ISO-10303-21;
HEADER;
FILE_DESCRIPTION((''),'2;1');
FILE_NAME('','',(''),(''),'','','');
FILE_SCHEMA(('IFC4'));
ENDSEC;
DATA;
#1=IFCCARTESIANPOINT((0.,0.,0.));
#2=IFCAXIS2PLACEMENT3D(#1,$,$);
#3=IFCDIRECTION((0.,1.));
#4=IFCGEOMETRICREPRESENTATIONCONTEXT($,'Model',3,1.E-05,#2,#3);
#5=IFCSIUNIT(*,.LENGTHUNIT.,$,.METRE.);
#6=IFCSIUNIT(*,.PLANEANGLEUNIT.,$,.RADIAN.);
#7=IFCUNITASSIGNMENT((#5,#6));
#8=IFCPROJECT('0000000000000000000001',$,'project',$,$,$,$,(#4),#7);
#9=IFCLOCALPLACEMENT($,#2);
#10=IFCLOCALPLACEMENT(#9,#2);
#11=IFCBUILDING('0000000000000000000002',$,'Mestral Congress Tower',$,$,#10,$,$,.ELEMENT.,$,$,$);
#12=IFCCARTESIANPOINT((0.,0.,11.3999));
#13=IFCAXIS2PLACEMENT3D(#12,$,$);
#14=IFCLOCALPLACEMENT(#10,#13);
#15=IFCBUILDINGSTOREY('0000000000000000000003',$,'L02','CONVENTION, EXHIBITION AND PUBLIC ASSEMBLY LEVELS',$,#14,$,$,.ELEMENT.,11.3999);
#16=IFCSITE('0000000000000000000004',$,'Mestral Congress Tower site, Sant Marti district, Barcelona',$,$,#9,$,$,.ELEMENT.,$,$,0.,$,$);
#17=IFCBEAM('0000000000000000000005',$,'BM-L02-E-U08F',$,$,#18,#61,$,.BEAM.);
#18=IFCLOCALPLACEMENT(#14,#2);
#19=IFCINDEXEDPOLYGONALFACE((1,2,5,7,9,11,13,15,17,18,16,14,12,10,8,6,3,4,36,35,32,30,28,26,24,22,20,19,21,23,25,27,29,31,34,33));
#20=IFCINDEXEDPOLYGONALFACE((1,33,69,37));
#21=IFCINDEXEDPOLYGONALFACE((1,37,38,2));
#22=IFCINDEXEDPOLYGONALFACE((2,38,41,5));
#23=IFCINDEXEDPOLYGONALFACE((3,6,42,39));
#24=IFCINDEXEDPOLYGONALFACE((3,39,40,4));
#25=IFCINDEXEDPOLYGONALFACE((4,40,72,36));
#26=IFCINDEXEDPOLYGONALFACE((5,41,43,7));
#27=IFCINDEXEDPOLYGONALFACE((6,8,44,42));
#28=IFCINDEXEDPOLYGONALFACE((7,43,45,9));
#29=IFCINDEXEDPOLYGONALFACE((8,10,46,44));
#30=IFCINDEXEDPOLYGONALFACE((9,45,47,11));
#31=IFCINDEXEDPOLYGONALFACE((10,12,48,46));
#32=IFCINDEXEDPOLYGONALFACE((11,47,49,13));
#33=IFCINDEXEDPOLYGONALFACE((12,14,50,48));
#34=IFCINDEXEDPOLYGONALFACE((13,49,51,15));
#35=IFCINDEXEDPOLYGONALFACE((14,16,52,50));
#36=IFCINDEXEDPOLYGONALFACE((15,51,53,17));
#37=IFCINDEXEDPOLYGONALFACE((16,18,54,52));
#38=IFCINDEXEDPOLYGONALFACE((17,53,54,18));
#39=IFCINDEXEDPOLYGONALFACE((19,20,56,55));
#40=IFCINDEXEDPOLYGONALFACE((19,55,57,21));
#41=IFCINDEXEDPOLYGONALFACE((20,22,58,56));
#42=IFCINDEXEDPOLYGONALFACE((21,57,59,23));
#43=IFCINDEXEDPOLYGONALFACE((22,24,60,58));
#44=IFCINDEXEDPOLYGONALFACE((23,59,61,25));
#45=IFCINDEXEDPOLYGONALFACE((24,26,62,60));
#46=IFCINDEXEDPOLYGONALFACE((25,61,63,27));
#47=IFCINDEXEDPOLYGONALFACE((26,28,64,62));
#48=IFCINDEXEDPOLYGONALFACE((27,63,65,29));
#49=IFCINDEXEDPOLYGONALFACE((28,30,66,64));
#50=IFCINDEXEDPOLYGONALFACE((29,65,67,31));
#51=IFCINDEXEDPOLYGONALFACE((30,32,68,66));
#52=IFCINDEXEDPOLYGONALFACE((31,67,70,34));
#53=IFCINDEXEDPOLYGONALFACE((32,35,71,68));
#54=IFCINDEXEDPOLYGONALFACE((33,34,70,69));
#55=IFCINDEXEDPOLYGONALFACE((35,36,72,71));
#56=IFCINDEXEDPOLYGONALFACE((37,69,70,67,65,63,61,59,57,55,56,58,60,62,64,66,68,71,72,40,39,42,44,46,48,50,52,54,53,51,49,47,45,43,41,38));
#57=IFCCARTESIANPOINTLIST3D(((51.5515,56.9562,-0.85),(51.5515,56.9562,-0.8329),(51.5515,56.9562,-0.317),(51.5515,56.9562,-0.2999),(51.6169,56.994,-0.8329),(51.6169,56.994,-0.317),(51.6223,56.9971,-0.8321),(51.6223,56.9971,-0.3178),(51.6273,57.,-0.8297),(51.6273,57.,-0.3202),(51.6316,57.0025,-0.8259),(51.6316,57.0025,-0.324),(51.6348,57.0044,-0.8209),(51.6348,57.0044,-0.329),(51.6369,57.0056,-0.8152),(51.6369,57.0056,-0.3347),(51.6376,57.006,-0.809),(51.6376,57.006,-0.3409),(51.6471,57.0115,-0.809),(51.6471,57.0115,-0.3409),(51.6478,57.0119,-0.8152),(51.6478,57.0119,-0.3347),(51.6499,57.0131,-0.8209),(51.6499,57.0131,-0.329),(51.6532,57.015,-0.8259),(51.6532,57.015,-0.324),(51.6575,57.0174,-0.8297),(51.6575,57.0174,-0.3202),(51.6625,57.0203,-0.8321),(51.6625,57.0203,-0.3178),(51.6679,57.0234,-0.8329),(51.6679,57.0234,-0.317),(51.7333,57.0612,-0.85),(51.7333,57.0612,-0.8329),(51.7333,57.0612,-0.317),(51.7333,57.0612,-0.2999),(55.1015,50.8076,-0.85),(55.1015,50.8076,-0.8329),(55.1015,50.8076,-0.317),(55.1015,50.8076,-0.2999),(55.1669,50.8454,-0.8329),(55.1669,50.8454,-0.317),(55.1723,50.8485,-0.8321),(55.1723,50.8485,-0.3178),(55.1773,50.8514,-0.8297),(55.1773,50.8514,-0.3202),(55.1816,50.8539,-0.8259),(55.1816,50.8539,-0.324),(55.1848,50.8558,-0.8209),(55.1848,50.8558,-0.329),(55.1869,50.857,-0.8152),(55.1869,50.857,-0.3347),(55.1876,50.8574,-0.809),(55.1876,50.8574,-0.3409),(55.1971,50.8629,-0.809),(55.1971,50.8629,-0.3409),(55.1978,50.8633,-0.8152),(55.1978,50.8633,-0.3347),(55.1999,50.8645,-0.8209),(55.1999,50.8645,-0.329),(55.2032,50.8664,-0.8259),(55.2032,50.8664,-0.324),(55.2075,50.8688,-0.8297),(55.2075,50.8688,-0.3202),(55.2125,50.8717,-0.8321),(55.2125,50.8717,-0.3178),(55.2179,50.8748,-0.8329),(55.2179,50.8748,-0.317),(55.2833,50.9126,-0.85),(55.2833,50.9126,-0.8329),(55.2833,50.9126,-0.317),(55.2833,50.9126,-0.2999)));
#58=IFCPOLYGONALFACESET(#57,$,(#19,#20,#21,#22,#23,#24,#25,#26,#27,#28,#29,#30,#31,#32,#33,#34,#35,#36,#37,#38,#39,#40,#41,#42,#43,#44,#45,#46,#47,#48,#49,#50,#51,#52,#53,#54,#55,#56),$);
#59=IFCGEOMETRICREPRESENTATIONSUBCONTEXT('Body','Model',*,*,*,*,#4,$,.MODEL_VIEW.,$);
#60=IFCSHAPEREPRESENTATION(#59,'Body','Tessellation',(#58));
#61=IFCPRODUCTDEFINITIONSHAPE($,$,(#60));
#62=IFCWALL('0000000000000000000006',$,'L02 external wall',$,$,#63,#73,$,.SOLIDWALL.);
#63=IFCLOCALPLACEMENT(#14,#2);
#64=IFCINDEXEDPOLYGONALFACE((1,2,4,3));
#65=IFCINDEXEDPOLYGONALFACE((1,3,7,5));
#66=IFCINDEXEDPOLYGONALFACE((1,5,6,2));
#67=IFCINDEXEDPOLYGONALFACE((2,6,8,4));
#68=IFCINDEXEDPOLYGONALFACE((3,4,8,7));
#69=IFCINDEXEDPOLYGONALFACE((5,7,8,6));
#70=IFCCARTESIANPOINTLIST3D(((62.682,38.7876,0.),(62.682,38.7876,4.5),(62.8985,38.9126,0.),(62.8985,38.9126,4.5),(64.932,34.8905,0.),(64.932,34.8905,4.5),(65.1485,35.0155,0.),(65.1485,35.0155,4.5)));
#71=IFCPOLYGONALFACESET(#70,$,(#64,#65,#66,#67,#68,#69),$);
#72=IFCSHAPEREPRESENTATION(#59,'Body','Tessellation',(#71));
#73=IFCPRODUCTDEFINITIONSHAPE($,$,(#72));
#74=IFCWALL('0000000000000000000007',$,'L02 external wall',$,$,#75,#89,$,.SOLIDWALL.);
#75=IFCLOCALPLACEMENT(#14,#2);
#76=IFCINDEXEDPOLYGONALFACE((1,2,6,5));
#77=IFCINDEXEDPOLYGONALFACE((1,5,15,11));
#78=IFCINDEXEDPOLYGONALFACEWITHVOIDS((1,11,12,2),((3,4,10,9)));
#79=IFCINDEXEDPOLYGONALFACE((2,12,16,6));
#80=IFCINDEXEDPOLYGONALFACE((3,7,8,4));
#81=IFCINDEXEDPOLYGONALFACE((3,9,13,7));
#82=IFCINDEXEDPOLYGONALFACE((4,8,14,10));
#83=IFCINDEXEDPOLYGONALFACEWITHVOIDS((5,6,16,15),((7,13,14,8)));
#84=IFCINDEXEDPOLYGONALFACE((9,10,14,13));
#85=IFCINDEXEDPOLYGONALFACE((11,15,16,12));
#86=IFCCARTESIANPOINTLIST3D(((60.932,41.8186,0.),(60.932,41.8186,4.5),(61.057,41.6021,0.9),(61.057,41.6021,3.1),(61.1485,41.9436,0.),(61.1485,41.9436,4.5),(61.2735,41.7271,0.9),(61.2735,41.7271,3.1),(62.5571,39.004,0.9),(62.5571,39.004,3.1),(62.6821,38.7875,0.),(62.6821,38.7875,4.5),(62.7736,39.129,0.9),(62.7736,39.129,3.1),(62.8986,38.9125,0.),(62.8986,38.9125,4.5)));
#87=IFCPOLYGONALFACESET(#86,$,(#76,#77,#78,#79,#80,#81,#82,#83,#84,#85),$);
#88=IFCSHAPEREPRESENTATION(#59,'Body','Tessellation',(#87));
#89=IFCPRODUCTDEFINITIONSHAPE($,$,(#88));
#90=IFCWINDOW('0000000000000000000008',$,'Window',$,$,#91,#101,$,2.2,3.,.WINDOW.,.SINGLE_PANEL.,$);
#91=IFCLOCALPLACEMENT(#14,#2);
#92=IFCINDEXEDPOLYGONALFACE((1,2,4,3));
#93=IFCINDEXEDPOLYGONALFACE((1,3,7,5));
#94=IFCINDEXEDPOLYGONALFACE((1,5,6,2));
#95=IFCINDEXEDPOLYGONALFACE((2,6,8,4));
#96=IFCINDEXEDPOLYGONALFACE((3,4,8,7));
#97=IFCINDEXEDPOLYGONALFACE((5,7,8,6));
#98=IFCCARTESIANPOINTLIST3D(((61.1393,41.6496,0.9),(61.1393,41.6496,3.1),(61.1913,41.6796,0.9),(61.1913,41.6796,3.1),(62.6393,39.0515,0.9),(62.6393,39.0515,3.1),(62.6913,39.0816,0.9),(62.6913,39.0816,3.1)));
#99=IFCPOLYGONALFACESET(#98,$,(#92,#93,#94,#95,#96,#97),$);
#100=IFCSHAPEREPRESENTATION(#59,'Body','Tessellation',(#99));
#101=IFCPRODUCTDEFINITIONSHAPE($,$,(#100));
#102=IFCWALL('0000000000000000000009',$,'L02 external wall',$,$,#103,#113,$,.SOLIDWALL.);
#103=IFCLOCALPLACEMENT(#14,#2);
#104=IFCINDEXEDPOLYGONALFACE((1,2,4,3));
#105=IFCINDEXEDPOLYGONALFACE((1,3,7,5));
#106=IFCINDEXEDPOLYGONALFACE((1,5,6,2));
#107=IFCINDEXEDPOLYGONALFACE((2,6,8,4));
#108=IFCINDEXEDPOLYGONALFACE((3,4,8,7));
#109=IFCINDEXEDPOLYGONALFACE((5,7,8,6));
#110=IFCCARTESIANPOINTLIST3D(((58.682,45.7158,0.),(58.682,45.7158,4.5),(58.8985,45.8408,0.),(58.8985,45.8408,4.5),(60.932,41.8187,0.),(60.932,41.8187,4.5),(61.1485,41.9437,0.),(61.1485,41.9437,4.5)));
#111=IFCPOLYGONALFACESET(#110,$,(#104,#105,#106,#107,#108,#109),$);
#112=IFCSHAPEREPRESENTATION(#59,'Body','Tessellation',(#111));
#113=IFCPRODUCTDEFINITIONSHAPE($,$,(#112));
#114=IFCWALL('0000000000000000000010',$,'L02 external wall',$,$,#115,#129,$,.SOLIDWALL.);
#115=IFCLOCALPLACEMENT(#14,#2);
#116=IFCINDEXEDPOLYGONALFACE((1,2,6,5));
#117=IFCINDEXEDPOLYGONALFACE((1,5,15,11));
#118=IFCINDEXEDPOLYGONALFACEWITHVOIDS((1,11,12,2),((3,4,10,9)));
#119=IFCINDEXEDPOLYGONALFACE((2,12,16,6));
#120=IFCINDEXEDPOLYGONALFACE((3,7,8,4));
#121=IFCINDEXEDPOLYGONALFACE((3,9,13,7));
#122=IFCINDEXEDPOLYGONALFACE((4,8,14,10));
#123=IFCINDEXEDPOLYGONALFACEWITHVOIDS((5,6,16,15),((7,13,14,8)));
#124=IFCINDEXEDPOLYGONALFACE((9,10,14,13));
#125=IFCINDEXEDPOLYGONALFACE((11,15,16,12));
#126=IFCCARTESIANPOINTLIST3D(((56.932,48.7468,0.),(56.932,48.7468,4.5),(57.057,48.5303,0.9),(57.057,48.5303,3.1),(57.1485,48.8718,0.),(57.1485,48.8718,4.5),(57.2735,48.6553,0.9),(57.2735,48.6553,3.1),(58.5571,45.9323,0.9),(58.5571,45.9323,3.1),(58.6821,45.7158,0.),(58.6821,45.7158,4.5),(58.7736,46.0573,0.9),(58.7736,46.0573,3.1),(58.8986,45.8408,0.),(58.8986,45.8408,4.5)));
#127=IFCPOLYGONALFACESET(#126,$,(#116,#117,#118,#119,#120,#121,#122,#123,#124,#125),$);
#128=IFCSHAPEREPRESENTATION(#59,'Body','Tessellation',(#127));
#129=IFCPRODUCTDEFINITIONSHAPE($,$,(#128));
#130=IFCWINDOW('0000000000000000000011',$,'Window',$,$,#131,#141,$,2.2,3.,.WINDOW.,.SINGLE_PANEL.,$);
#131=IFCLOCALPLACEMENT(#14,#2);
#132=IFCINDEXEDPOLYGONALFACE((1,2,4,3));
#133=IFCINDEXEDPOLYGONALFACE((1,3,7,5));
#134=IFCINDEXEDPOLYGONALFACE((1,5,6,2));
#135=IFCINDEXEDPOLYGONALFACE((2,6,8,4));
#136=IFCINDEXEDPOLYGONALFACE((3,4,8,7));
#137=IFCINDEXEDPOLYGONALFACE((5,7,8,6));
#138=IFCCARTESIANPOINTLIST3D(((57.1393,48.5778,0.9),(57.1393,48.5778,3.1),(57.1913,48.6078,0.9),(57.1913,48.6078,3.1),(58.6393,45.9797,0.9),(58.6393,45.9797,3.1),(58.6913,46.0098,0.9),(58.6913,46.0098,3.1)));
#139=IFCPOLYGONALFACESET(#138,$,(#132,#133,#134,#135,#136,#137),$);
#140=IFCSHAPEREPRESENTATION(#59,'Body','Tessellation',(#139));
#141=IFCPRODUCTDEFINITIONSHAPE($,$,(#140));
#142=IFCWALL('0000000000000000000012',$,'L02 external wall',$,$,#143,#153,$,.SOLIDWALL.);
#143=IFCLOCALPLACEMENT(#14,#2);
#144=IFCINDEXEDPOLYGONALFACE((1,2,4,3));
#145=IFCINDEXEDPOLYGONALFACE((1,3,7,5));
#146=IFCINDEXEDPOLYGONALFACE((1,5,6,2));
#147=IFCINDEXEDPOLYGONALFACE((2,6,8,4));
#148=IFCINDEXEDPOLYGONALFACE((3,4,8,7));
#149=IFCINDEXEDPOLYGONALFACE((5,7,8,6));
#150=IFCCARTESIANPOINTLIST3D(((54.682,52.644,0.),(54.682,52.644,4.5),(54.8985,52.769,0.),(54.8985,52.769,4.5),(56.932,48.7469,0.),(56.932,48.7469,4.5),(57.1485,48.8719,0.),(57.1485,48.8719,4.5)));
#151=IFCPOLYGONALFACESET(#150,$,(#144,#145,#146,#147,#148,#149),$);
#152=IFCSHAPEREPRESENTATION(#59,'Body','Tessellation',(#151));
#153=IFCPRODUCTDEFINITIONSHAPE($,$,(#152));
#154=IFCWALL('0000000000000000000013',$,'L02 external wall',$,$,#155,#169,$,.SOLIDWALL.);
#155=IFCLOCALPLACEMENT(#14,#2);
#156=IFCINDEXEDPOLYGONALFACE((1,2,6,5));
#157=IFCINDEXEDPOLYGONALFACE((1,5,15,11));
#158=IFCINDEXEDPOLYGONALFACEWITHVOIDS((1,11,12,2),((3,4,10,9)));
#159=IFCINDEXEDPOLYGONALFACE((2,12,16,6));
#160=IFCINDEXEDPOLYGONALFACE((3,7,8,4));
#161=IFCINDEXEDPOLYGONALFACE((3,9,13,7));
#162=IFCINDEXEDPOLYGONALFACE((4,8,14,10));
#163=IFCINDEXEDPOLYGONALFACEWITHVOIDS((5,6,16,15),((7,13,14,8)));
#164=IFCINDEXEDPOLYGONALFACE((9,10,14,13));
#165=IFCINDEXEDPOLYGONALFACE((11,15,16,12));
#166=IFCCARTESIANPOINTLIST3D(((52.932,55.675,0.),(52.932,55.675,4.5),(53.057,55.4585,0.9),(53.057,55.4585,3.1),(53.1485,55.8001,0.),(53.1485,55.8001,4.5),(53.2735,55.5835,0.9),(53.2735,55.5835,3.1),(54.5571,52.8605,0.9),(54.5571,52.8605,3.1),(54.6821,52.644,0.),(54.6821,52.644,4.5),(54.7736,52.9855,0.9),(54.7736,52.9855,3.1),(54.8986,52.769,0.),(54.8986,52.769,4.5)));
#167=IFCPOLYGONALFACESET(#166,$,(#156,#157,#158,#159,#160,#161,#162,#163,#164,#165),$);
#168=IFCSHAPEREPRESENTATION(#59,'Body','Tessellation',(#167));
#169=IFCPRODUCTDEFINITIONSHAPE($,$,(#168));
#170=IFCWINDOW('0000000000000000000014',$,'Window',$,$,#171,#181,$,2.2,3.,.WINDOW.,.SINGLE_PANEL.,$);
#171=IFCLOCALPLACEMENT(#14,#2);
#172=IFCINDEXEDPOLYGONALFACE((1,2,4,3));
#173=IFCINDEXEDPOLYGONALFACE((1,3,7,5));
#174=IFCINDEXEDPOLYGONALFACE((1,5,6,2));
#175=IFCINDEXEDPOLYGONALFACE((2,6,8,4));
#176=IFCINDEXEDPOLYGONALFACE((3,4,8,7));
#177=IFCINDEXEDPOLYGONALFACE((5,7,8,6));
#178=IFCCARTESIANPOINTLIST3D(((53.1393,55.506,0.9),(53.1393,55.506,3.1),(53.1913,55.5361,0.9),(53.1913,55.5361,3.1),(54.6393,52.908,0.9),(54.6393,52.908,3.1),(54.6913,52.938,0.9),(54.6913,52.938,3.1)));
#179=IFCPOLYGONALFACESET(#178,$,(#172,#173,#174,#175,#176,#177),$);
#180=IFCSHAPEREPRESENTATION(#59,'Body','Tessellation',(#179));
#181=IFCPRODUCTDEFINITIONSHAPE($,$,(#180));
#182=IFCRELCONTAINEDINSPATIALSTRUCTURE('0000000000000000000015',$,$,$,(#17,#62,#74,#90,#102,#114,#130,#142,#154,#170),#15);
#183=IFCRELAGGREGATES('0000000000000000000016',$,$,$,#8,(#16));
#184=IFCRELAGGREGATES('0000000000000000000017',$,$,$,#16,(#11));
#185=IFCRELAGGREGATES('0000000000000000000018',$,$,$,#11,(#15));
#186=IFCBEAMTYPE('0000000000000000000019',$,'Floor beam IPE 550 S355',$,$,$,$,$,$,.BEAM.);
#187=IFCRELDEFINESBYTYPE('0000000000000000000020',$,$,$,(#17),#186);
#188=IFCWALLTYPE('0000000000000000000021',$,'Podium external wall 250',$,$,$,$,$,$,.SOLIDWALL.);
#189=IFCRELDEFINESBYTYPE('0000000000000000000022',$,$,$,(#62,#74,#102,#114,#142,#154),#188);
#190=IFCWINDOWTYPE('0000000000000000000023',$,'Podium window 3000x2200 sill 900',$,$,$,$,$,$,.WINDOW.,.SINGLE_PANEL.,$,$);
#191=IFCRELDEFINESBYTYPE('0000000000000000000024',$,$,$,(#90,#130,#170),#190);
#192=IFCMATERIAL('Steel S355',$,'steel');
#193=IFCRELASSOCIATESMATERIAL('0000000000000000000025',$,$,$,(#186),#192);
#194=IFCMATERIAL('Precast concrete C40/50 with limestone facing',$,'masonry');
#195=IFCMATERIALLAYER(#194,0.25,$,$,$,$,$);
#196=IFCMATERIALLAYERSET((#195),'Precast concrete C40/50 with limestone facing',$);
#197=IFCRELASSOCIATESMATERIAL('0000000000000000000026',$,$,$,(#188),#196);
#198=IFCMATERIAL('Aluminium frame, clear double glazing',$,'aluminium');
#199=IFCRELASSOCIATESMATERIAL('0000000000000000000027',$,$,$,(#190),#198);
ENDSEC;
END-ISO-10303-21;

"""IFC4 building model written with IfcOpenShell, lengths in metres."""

from ifc_helpers import new_model, si_unit, direction, frame, frame_2d, origin, origin_2d, place, context, subcontext, project, spatial, rectangle, i_section, extrude, material, layer, layer_set, material_profile, profile_set, type_object, element, fill, save


model = new_model("IFC4")

# Units and contexts
model_context = context("Model", 3, precision=1e-05, world=origin(), true_north=direction((0.0, 1.0)))
body_context = subcontext(model_context, "Body", "Model", "MODEL_VIEW")
ifc_project = project(units=[si_unit("LENGTHUNIT", "METRE"), si_unit("PLANEANGLEUNIT", "RADIAN")], contexts=[model_context])

# Site, building, storey
site_placement = place(None, origin())
site = spatial("IfcSite", under=ifc_project, at=site_placement, Name="Mestral Congress Tower site, Sant Marti district, Barcelona", CompositionType="ELEMENT", RefElevation=0.0)
building_placement = place(site_placement, origin())
building = spatial("IfcBuilding", under=site, at=building_placement, Name="Mestral Congress Tower", CompositionType="ELEMENT")
storey_placement = place(building_placement, frame((0.0, 0.0, 11.3999)))
storey = spatial("IfcBuildingStorey", under=building, at=storey_placement, Name="L02", Description="CONVENTION, EXHIBITION AND PUBLIC ASSEMBLY LEVELS", CompositionType="ELEMENT", Elevation=11.3999)

# Beam
ifc_material_1 = material(Name="Steel S355", Category="steel")
ifc_material_profile_1 = material_profile(ifc_material_1, i_section(OverallWidth=0.21, OverallDepth=0.55, WebThickness=0.011, FlangeThickness=0.0171, FilletRadius=0.0239, at=origin_2d()), Name="IPE 550")
ifc_profile_set_1 = profile_set([ifc_material_profile_1], Name="Steel S355")
beam_type_1 = type_object("IfcBeamType", Name="Floor beam IPE 550 S355", PredefinedType="BEAM", material=ifc_profile_set_1)
beam_1_placement = place(storey_placement, frame((55.1924, 50.8601, -0.575), z_axis=(-0.500011, 0.866019, 0.0), x_axis=(-0.866019, -0.500011, 0.0)))
element("IfcBeam", 1, at=beam_1_placement, inside=storey, type_object=beam_type_1, Name="BM-L02-E-U08F", PredefinedType="BEAM", context=body_context, shape_type="SweptSolid", body=[
    extrude(i_section(OverallWidth=0.21, OverallDepth=0.55, WebThickness=0.011, FlangeThickness=0.0171, FilletRadius=0.0239, at=origin_2d()), origin(), (0.0, 0.0, 1.0), 7.0999),
])

# Wall
ifc_material_2 = material(Name="Precast concrete C40/50 with limestone facing", Category="masonry")
ifc_layer_1 = layer(ifc_material_2, 0.25)
ifc_layer_set_1 = layer_set([ifc_layer_1], Name="Precast concrete C40/50 with limestone facing")
wall_type_1 = type_object("IfcWallType", Name="Podium external wall 250", PredefinedType="SOLIDWALL", material=ifc_layer_set_1)
wall_1_placement = place(storey_placement, frame((62.7903, 38.8501, 0.0), z_axis=(0.0, 0.0, 1.0), x_axis=(0.49999, -0.866031, 0.0)))
element("IfcWall", 2, at=wall_1_placement, inside=storey, type_object=wall_type_1, Name="L02 external wall", PredefinedType="SOLIDWALL", context=body_context, shape_type="SweptSolid", body=[
    extrude(rectangle(XDim=4.5, YDim=0.25, at=frame_2d((2.25, 0.0))), origin(), (0.0, 0.0, 1.0), 4.5),
])

# Wall, opening, window
wall_2_placement = place(storey_placement, frame((61.0403, 41.8811, 0.0), z_axis=(0.0, 0.0, 1.0), x_axis=(0.50001, -0.866019, 0.0)))
wall_2 = element("IfcWall", 3, at=wall_2_placement, inside=storey, type_object=wall_type_1, Name="L02 external wall", PredefinedType="SOLIDWALL", context=body_context, shape_type="SweptSolid", body=[
    extrude(rectangle(XDim=3.5, YDim=0.25, at=frame_2d((1.75, 0.0))), origin(), (0.0, 0.0, 1.0), 4.5),
])
opening_1_placement = place(wall_2_placement, frame((0.25, 0.0, 0.8999)))
opening_1 = element("IfcOpeningElement", 4, at=opening_1_placement, cuts=wall_2, PredefinedType="OPENING", context=body_context, shape_type="SweptSolid", body=[
    extrude(rectangle(XDim=3.0, YDim=2.2, at=frame_2d((1.5, 1.1001))), frame((0.0, 0.135, 0.0), z_axis=(0.0, -1.0, 0.0), x_axis=(1.0, 0.0, 0.0)), (0.0, 0.0, 1.0), 0.27),
])
ifc_material_3 = material(Name="Aluminium frame, clear double glazing", Category="aluminium")
window_type = type_object("IfcWindowType", Name="Podium window 3000x2200 sill 900", PartitioningType="SINGLE_PANEL", PredefinedType="WINDOW", material=ifc_material_3)
window_1_placement = place(opening_1_placement, origin())
window_1 = element("IfcWindow", 5, at=window_1_placement, inside=storey, type_object=window_type, Name="Window", OverallHeight=2.2, OverallWidth=3.0, PartitioningType="SINGLE_PANEL", PredefinedType="WINDOW", context=body_context, shape_type="SweptSolid", body=[
    extrude(rectangle(XDim=3.0, YDim=2.2, at=frame_2d((1.5, 1.1001))), frame((0.0, 0.03, 0.0), z_axis=(0.0, -1.0, 0.0), x_axis=(1.0, 0.0, 0.0)), (0.0, 0.0, 1.0), 0.0601),
])
fill(opening_1, window_1)

# Wall
wall_3_placement = place(storey_placement, frame((58.7903, 45.7783, 0.0), z_axis=(0.0, 0.0, 1.0), x_axis=(0.49999, -0.866031, 0.0)))
element("IfcWall", 6, at=wall_3_placement, inside=storey, type_object=wall_type_1, Name="L02 external wall", PredefinedType="SOLIDWALL", context=body_context, shape_type="SweptSolid", body=[
    extrude(rectangle(XDim=4.5, YDim=0.25, at=frame_2d((2.25, 0.0))), origin(), (0.0, 0.0, 1.0), 4.5),
])

# Wall, opening, window
wall_4_placement = place(storey_placement, frame((57.0403, 48.8093, 0.0), z_axis=(0.0, 0.0, 1.0), x_axis=(0.50001, -0.866019, 0.0)))
wall_4 = element("IfcWall", 7, at=wall_4_placement, inside=storey, type_object=wall_type_1, Name="L02 external wall", PredefinedType="SOLIDWALL", context=body_context, shape_type="SweptSolid", body=[
    extrude(rectangle(XDim=3.5, YDim=0.25, at=frame_2d((1.75, 0.0))), origin(), (0.0, 0.0, 1.0), 4.5),
])
opening_2_placement = place(wall_4_placement, frame((0.25, 0.0, 0.8999)))
opening_2 = element("IfcOpeningElement", 8, at=opening_2_placement, cuts=wall_4, PredefinedType="OPENING", context=body_context, shape_type="SweptSolid", body=[
    extrude(rectangle(XDim=3.0, YDim=2.2, at=frame_2d((1.5, 1.1001))), frame((0.0, 0.135, 0.0), z_axis=(0.0, -1.0, 0.0), x_axis=(1.0, 0.0, 0.0)), (0.0, 0.0, 1.0), 0.27),
])
window_2_placement = place(opening_2_placement, origin())
window_2 = element("IfcWindow", 9, at=window_2_placement, inside=storey, type_object=window_type, Name="Window", OverallHeight=2.2, OverallWidth=3.0, PartitioningType="SINGLE_PANEL", PredefinedType="WINDOW", context=body_context, shape_type="SweptSolid", body=[
    extrude(rectangle(XDim=3.0, YDim=2.2, at=frame_2d((1.5, 1.1001))), frame((0.0, 0.03, 0.0), z_axis=(0.0, -1.0, 0.0), x_axis=(1.0, 0.0, 0.0)), (0.0, 0.0, 1.0), 0.0601),
])
fill(opening_2, window_2)

# Wall
wall_5_placement = place(storey_placement, frame((54.7903, 52.7065, 0.0), z_axis=(0.0, 0.0, 1.0), x_axis=(0.49999, -0.866031, 0.0)))
element("IfcWall", 10, at=wall_5_placement, inside=storey, type_object=wall_type_1, Name="L02 external wall", PredefinedType="SOLIDWALL", context=body_context, shape_type="SweptSolid", body=[
    extrude(rectangle(XDim=4.5, YDim=0.25, at=frame_2d((2.25, 0.0))), origin(), (0.0, 0.0, 1.0), 4.5),
])

# Wall, opening, window
wall_6_placement = place(storey_placement, frame((53.0403, 55.7375, 0.0), z_axis=(0.0, 0.0, 1.0), x_axis=(0.50001, -0.866019, 0.0)))
wall_6 = element("IfcWall", 11, at=wall_6_placement, inside=storey, type_object=wall_type_1, Name="L02 external wall", PredefinedType="SOLIDWALL", context=body_context, shape_type="SweptSolid", body=[
    extrude(rectangle(XDim=3.5, YDim=0.25, at=frame_2d((1.75, 0.0))), origin(), (0.0, 0.0, 1.0), 4.5),
])
opening_3_placement = place(wall_6_placement, frame((0.25, 0.0, 0.8999)))
opening_3 = element("IfcOpeningElement", 12, at=opening_3_placement, cuts=wall_6, PredefinedType="OPENING", context=body_context, shape_type="SweptSolid", body=[
    extrude(rectangle(XDim=3.0, YDim=2.2, at=frame_2d((1.5, 1.1001))), frame((0.0, 0.135, 0.0), z_axis=(0.0, -1.0, 0.0), x_axis=(1.0, 0.0, 0.0)), (0.0, 0.0, 1.0), 0.27),
])
window_3_placement = place(opening_3_placement, origin())
window_3 = element("IfcWindow", 13, at=window_3_placement, inside=storey, type_object=window_type, Name="Window", OverallHeight=2.2, OverallWidth=3.0, PartitioningType="SINGLE_PANEL", PredefinedType="WINDOW", context=body_context, shape_type="SweptSolid", body=[
    extrude(rectangle(XDim=3.0, YDim=2.2, at=frame_2d((1.5, 1.1001))), frame((0.0, 0.03, 0.0), z_axis=(0.0, -1.0, 0.0), x_axis=(1.0, 0.0, 0.0)), (0.0, 0.0, 1.0), 0.0601),
])
fill(opening_3, window_3)

save(model, "model.ifc")
